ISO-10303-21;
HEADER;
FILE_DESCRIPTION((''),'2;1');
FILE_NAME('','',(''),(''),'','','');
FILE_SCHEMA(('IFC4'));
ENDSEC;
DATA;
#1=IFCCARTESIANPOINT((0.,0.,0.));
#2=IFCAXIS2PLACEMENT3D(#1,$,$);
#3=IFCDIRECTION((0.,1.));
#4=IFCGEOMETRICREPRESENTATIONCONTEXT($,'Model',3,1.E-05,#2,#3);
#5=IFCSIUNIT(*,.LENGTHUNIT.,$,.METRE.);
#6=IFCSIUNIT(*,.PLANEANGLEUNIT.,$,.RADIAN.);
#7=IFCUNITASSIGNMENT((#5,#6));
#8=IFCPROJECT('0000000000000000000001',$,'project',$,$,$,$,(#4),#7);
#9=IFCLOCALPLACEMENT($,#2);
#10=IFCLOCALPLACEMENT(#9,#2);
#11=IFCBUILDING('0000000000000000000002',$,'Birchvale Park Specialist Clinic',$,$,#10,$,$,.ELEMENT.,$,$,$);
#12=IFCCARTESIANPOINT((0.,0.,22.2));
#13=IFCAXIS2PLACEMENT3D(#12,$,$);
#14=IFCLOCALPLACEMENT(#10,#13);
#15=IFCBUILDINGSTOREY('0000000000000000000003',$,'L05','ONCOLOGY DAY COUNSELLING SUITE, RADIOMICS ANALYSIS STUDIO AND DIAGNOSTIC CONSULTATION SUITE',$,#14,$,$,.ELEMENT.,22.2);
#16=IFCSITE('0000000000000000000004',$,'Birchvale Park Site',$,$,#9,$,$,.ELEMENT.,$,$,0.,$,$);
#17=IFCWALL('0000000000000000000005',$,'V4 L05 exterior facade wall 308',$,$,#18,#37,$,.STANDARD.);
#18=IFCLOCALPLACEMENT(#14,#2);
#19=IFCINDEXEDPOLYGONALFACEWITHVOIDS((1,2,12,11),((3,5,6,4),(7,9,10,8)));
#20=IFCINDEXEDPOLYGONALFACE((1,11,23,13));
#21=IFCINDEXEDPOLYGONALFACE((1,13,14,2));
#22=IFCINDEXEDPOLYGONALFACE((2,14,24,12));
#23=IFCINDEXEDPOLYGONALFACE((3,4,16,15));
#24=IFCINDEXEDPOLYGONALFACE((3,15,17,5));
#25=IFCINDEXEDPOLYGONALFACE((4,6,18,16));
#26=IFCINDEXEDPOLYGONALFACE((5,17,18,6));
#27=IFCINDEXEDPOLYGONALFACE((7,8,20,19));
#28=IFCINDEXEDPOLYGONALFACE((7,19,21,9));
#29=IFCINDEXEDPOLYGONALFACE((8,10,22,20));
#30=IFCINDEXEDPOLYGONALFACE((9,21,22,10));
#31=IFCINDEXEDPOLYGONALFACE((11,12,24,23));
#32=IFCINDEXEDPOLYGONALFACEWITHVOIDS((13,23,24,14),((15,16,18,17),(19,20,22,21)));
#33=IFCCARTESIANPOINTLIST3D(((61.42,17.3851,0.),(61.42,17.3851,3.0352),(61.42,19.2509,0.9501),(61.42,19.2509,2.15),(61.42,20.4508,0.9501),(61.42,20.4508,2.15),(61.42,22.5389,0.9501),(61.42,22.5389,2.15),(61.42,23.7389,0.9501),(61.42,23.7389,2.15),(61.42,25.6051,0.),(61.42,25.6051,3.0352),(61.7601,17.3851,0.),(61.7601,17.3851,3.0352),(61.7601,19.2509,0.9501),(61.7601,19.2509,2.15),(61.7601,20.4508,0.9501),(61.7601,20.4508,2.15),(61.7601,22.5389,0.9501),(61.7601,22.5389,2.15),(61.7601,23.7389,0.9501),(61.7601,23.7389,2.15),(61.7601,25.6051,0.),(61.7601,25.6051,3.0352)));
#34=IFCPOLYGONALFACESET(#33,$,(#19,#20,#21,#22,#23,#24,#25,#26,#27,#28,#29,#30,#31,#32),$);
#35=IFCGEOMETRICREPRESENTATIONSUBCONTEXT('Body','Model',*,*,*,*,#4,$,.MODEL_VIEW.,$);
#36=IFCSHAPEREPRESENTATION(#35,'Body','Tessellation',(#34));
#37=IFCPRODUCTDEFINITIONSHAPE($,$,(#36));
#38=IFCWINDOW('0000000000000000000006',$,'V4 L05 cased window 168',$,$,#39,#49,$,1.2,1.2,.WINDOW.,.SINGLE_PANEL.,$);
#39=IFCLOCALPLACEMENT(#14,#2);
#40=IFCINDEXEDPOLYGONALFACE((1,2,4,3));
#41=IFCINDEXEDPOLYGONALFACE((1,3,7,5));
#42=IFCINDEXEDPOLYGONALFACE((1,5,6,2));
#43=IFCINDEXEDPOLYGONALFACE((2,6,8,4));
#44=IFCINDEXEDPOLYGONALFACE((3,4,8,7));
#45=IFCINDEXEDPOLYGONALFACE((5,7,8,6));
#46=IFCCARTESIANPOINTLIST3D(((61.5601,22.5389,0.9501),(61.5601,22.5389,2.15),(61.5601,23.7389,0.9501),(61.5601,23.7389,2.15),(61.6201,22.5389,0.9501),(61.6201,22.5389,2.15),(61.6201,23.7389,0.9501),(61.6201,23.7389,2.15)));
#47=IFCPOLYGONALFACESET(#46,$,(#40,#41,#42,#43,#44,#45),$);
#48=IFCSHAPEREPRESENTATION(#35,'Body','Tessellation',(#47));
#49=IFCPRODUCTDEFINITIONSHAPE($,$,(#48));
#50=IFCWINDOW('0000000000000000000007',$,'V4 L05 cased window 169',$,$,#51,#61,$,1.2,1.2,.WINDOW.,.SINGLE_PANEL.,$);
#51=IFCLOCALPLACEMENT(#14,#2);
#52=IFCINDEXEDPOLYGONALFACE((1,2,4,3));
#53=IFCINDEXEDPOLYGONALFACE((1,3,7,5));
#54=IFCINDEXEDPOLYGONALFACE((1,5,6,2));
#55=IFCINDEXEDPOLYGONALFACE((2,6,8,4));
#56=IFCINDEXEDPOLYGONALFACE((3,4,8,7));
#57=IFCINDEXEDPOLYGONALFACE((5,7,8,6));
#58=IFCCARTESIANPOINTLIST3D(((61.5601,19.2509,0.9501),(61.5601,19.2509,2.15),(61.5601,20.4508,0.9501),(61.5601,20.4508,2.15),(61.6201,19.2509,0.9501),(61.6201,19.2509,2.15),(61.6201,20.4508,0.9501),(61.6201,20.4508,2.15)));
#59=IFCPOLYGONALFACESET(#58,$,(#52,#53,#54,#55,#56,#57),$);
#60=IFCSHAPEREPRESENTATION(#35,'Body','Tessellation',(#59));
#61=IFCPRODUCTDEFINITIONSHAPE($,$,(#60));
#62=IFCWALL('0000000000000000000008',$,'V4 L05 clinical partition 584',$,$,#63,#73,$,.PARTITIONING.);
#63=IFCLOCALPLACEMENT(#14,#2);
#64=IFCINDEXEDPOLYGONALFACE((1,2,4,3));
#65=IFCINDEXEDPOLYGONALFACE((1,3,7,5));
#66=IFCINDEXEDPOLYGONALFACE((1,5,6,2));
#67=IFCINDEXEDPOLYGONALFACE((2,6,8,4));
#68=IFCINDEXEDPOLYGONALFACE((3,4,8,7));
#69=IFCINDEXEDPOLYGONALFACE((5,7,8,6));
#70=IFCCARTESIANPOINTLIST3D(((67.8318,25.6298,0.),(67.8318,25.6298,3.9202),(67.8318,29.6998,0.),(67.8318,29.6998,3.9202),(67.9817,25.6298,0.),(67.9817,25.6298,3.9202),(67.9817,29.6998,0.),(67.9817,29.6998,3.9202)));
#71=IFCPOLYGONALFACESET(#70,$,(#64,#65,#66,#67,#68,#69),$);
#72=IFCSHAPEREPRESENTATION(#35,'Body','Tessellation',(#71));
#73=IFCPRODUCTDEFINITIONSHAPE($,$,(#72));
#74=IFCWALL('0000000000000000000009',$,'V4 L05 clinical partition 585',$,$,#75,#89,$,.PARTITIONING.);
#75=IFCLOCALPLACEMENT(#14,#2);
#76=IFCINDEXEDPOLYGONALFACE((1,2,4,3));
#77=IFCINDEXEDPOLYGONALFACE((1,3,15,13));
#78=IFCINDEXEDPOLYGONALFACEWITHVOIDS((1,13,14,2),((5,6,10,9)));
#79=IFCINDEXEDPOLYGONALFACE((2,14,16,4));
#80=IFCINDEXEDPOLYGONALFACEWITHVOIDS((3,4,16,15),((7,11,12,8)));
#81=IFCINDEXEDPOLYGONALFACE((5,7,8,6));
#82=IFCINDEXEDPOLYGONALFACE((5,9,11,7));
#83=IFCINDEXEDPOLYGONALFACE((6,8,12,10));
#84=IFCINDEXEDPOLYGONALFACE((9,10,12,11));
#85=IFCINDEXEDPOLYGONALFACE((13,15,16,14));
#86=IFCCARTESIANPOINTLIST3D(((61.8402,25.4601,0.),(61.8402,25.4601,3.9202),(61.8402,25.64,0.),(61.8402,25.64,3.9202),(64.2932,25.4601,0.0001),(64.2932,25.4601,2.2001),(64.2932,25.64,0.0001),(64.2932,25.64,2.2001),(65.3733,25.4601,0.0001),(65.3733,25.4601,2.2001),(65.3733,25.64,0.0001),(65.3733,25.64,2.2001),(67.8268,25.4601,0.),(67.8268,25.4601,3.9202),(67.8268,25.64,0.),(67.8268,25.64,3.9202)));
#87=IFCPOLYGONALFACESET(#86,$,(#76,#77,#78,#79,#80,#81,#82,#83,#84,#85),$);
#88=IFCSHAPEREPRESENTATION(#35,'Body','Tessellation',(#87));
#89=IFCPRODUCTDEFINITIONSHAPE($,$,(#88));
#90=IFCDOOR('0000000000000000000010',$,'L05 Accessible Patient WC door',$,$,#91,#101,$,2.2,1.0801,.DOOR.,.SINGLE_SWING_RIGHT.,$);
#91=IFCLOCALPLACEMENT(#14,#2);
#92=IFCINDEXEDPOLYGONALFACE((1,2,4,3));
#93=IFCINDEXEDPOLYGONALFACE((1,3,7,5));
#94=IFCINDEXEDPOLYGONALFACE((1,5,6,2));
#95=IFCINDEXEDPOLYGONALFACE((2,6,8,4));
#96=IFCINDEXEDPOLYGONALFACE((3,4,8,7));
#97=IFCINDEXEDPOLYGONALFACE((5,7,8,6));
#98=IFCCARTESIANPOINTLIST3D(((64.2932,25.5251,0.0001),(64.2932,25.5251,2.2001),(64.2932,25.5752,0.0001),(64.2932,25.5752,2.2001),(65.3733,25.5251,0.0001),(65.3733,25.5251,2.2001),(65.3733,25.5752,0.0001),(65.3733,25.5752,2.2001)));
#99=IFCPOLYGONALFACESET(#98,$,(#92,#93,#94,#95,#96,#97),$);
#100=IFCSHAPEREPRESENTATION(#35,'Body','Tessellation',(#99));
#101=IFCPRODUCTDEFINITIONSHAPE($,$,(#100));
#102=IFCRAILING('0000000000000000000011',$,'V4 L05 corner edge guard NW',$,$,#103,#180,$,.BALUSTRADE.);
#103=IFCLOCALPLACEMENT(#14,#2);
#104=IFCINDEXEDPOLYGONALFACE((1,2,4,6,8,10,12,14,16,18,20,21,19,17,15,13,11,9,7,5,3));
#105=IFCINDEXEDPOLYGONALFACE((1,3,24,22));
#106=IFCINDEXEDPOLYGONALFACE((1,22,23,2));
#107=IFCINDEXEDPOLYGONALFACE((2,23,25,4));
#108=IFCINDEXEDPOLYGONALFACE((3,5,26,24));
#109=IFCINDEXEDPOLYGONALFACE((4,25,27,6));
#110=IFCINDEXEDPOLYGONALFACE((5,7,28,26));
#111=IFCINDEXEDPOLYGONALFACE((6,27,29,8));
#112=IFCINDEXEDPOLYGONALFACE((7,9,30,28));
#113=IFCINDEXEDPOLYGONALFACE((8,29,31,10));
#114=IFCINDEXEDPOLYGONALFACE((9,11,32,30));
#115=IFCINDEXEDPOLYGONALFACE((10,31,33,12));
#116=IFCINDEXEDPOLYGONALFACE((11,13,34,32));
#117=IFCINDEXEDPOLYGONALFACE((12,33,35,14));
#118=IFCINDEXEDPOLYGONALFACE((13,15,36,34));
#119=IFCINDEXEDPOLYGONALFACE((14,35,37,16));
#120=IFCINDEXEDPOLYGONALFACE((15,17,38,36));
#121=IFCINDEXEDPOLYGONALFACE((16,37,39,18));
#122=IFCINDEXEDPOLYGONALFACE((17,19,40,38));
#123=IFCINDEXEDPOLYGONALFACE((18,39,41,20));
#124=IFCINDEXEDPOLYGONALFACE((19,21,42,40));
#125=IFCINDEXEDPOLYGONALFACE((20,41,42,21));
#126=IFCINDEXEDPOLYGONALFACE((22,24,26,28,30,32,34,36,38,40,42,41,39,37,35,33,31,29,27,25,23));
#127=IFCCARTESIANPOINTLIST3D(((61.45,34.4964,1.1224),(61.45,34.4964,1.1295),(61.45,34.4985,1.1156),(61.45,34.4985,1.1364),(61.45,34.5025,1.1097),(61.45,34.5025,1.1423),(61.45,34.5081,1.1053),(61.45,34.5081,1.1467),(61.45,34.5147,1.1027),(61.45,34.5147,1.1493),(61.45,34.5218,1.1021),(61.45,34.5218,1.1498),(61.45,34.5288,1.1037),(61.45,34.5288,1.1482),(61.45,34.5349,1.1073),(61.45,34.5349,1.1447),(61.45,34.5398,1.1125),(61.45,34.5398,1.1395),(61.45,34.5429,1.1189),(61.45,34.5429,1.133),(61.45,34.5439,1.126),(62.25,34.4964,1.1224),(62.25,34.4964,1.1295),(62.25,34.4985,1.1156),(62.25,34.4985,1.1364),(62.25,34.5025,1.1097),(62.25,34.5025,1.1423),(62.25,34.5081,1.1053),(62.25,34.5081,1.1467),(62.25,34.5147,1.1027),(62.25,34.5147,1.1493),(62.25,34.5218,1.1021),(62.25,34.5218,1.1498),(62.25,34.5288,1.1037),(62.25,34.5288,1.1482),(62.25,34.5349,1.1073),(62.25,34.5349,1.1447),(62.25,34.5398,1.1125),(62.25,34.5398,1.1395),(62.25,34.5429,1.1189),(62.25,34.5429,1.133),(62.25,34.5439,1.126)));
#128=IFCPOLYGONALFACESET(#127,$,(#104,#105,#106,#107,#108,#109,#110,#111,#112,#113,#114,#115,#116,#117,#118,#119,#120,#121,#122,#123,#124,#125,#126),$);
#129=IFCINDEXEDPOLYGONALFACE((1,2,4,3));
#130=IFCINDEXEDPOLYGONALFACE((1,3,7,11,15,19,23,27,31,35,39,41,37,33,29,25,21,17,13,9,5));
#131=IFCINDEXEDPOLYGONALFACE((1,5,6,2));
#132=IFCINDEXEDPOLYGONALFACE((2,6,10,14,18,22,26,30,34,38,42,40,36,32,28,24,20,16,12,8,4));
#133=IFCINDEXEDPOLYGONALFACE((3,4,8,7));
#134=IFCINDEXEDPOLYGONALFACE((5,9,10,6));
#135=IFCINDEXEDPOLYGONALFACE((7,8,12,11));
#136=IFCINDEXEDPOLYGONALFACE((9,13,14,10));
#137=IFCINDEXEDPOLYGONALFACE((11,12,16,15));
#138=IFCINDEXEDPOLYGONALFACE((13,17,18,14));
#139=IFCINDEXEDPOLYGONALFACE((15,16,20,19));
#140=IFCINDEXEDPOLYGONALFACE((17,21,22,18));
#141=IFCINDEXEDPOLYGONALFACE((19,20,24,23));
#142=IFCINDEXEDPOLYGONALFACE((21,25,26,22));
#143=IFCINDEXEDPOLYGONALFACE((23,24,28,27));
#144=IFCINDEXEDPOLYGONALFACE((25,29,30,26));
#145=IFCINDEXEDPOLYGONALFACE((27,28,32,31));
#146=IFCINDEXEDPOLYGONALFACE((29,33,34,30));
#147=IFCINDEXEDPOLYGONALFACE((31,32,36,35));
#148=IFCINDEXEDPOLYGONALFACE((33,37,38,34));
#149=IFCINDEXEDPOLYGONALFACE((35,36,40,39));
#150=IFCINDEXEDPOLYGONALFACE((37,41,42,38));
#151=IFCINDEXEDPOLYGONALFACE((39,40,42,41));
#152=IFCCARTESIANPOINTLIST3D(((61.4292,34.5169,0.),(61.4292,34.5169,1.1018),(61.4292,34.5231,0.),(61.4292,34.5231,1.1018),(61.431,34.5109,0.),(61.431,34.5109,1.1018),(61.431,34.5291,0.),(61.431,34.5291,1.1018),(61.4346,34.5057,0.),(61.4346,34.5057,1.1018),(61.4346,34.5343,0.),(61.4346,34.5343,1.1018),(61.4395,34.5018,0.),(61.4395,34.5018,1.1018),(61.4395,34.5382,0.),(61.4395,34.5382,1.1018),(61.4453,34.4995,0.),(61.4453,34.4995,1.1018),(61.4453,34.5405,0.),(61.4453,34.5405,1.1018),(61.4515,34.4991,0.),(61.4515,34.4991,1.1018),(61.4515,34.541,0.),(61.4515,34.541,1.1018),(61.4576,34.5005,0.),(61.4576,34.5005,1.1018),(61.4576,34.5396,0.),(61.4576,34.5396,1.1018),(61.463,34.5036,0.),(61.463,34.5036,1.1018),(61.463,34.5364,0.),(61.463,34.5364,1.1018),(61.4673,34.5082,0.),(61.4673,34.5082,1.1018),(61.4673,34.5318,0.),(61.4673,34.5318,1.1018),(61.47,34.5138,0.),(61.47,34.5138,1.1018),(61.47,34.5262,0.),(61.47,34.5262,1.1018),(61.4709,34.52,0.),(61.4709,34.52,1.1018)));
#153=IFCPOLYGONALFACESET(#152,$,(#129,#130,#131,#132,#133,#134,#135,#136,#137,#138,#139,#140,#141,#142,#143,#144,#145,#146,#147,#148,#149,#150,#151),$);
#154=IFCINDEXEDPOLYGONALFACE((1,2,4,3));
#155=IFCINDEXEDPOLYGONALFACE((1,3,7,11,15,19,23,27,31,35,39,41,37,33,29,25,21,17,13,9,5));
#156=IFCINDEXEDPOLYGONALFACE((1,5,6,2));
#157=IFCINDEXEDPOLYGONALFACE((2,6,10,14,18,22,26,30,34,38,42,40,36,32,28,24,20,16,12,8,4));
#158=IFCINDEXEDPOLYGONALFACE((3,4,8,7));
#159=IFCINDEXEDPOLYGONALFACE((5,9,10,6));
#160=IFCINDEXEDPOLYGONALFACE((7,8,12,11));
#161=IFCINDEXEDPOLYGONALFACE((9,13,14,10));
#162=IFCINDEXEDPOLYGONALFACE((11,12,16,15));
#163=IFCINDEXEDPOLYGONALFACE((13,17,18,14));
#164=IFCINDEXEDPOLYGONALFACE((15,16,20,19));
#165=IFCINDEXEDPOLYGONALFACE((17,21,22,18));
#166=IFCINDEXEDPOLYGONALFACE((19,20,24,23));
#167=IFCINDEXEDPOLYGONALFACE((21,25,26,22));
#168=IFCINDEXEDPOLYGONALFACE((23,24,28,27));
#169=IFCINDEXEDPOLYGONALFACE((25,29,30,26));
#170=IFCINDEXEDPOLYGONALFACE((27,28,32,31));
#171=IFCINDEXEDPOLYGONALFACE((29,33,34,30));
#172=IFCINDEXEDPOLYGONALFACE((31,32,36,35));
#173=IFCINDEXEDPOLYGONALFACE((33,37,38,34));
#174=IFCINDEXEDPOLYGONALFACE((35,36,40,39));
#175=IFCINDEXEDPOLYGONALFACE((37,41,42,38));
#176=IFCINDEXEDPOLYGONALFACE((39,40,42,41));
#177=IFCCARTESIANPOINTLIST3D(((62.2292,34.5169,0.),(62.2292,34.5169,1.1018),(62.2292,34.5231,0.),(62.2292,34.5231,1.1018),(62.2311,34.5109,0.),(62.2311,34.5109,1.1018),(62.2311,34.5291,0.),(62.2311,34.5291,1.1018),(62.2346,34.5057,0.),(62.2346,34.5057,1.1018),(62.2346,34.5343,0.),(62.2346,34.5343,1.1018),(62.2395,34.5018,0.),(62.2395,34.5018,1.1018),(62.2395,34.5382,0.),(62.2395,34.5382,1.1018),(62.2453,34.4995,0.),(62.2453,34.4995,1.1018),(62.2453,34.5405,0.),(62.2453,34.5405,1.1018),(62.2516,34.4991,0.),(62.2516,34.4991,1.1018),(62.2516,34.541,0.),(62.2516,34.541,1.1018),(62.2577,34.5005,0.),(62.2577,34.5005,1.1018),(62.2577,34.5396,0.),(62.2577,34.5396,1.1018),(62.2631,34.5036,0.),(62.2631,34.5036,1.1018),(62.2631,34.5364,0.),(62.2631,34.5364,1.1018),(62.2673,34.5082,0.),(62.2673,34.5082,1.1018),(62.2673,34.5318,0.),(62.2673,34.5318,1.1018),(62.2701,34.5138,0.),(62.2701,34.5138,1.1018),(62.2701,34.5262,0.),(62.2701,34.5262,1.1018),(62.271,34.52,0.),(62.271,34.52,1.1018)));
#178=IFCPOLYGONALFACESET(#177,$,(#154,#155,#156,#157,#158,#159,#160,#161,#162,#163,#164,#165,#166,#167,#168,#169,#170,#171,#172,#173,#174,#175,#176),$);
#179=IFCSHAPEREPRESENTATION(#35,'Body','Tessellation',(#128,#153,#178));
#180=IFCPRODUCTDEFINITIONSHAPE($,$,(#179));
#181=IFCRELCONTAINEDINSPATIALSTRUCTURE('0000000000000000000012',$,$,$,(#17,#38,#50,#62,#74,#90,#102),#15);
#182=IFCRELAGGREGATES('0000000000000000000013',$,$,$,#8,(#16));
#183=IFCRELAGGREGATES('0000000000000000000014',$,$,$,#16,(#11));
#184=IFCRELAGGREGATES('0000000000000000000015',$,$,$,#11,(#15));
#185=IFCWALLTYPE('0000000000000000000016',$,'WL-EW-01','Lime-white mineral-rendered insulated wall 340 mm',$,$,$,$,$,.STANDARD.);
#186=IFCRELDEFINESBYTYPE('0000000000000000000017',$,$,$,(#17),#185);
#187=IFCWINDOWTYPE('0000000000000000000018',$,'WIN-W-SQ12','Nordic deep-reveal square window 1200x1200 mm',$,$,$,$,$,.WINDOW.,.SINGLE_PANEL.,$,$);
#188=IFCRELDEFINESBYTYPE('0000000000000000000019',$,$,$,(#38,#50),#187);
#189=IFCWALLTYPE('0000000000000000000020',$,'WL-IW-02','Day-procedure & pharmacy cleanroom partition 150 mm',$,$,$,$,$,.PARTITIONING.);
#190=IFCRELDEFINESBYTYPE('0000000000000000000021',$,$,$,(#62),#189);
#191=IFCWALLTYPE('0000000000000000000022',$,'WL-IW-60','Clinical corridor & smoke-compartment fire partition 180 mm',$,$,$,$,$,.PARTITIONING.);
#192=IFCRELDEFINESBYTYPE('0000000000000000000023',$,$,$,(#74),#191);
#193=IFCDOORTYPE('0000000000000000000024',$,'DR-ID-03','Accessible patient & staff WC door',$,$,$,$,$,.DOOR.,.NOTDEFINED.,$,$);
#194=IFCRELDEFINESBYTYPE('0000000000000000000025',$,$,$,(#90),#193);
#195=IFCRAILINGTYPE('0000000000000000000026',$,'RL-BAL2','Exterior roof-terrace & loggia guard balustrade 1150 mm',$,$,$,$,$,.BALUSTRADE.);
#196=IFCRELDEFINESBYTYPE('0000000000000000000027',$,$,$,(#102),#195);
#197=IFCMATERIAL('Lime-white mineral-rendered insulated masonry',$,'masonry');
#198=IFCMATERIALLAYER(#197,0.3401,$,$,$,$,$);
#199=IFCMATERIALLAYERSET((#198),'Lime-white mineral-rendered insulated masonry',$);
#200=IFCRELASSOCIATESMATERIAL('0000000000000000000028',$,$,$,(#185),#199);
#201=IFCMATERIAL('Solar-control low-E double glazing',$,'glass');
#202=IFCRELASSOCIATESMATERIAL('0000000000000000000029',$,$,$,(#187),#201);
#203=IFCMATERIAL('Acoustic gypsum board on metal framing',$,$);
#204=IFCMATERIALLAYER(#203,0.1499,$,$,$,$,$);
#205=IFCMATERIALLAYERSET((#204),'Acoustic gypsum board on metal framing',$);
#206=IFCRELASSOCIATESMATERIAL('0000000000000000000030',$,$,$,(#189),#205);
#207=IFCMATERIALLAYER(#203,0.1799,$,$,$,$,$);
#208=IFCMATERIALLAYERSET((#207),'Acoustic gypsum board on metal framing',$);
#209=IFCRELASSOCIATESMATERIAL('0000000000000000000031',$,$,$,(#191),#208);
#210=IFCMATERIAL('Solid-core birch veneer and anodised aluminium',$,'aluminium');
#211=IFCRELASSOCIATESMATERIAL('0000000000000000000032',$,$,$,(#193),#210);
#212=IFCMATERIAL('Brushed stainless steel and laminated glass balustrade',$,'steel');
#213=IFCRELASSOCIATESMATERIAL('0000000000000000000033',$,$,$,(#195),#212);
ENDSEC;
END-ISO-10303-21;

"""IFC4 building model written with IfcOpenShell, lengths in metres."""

from ifc_helpers import new_model, si_unit, direction, frame, frame_2d, origin, origin_2d, place, context, subcontext, project, spatial, rectangle, circle, extrude, material, layer, layer_set, type_object, element, fill, save


model = new_model("IFC4")

# Units and contexts
model_context = context("Model", 3, precision=1e-05, world=origin(), true_north=direction((0.0, 1.0)))
body_context = subcontext(model_context, "Body", "Model", "MODEL_VIEW")
ifc_project = project(units=[si_unit("LENGTHUNIT", "METRE"), si_unit("PLANEANGLEUNIT", "RADIAN")], contexts=[model_context])

# Site, building, storey
site_placement = place(None, origin())
site = spatial("IfcSite", under=ifc_project, at=site_placement, Name="Birchvale Park Site", CompositionType="ELEMENT", RefElevation=0.0)
building_placement = place(site_placement, origin())
building = spatial("IfcBuilding", under=site, at=building_placement, Name="Birchvale Park Specialist Clinic", CompositionType="ELEMENT")
storey_placement = place(building_placement, frame((0.0, 0.0, 22.2)))
storey = spatial("IfcBuildingStorey", under=building, at=storey_placement, Name="L05", Description="ONCOLOGY DAY COUNSELLING SUITE, RADIOMICS ANALYSIS STUDIO AND DIAGNOSTIC CONSULTATION SUITE", CompositionType="ELEMENT", Elevation=22.2)

# Shared definitions
ifc_material_1 = material(Name="Solid-core birch veneer and anodised aluminium", Category="aluminium")

# Wall, openings, windows
ifc_material_2 = material(Name="Lime-white mineral-rendered insulated masonry", Category="masonry")
ifc_layer_1 = layer(ifc_material_2, 0.3401)
ifc_layer_set_1 = layer_set([ifc_layer_1], Name="Lime-white mineral-rendered insulated masonry")
wall_type_1 = type_object("IfcWallType", Name="WL-EW-01", Description="Lime-white mineral-rendered insulated wall 340 mm", PredefinedType="STANDARD", material=ifc_layer_set_1)
ifc_material_3 = material(Name="Solar-control low-E double glazing", Category="glass")
wall_1_placement = place(storey_placement, frame((61.5901, 25.605, 0.0), z_axis=(0.0, 0.0, 1.0), x_axis=(0.0, -1.0, 0.0)))
wall_1 = element("IfcWall", 1, at=wall_1_placement, inside=storey, type_object=wall_type_1, Name="V4 L05 exterior facade wall 308", PredefinedType="STANDARD", context=body_context, shape_type="SweptSolid", body=[
    extrude(rectangle(XDim=8.22, YDim=0.3401, at=frame_2d((4.1099, 0.0))), origin(), (0.0, 0.0, 1.0), 3.0352),
])
opening_1_placement = place(wall_1_placement, frame((1.866, 0.0, 0.95)))
opening_1 = element("IfcOpeningElement", 2, at=opening_1_placement, cuts=wall_1, PredefinedType="OPENING", context=body_context, shape_type="SweptSolid", body=[
    extrude(rectangle(XDim=1.2, YDim=1.2, at=frame_2d((0.6001, 0.6001))), frame((0.0, 0.1802, 0.0), z_axis=(0.0, -1.0, 0.0), x_axis=(1.0, 0.0, 0.0)), (0.0, 0.0, 1.0), 0.3601),
])
opening_2_placement = place(wall_1_placement, frame((5.1541, 0.0, 0.95)))
opening_2 = element("IfcOpeningElement", 3, at=opening_2_placement, cuts=wall_1, PredefinedType="OPENING", context=body_context, shape_type="SweptSolid", body=[
    extrude(rectangle(XDim=1.2, YDim=1.2, at=frame_2d((0.6001, 0.6001))), frame((0.0, 0.1802, 0.0), z_axis=(0.0, -1.0, 0.0), x_axis=(1.0, 0.0, 0.0)), (0.0, 0.0, 1.0), 0.3601),
])
window_type_1 = type_object("IfcWindowType", Name="WIN-W-SQ12", Description="Nordic deep-reveal square window 1200x1200 mm", PartitioningType="SINGLE_PANEL", PredefinedType="WINDOW", material=ifc_material_3)
window_1_placement = place(opening_1_placement, origin())
window_1 = element("IfcWindow", 4, at=window_1_placement, inside=storey, type_object=window_type_1, Name="V4 L05 cased window 168", OverallHeight=1.2, OverallWidth=1.2, PartitioningType="SINGLE_PANEL", PredefinedType="WINDOW", context=body_context, shape_type="SweptSolid", body=[
    extrude(rectangle(XDim=1.2, YDim=1.2, at=frame_2d((0.6001, 0.6001))), frame((0.0, 0.03, 0.0), z_axis=(0.0, -1.0, 0.0), x_axis=(1.0, 0.0, 0.0)), (0.0, 0.0, 1.0), 0.0601),
])
fill(opening_1, window_1)
window_2_placement = place(opening_2_placement, origin())
window_2 = element("IfcWindow", 5, at=window_2_placement, inside=storey, type_object=window_type_1, Name="V4 L05 cased window 169", OverallHeight=1.2, OverallWidth=1.2, PartitioningType="SINGLE_PANEL", PredefinedType="WINDOW", context=body_context, shape_type="SweptSolid", body=[
    extrude(rectangle(XDim=1.2, YDim=1.2, at=frame_2d((0.6001, 0.6001))), frame((0.0, 0.03, 0.0), z_axis=(0.0, -1.0, 0.0), x_axis=(1.0, 0.0, 0.0)), (0.0, 0.0, 1.0), 0.0601),
])
fill(opening_2, window_2)

# Wall
ifc_material_4 = material(Name="Acoustic gypsum board on metal framing")
ifc_layer_2 = layer(ifc_material_4, 0.1499)
ifc_layer_set_2 = layer_set([ifc_layer_2], Name="Acoustic gypsum board on metal framing")
wall_type_2 = type_object("IfcWallType", Name="WL-IW-02", Description="Day-procedure & pharmacy cleanroom partition 150 mm", PredefinedType="PARTITIONING", material=ifc_layer_set_2)
wall_2_placement = place(storey_placement, frame((67.9067, 29.7, 0.0), z_axis=(0.0, 0.0, 1.0), x_axis=(0.0, -1.0, 0.0)))
element("IfcWall", 6, at=wall_2_placement, inside=storey, type_object=wall_type_2, Name="V4 L05 clinical partition 584", PredefinedType="PARTITIONING", context=body_context, shape_type="SweptSolid", body=[
    extrude(rectangle(XDim=4.0701, YDim=0.1499, at=frame_2d((2.0352, 0.0))), origin(), (0.0, 0.0, 1.0), 3.9202),
])

# Wall, opening, door
ifc_layer_3 = layer(ifc_material_4, 0.1799)
ifc_layer_set_3 = layer_set([ifc_layer_3], Name="Acoustic gypsum board on metal framing")
wall_type_3 = type_object("IfcWallType", Name="WL-IW-60", Description="Clinical corridor & smoke-compartment fire partition 180 mm", PredefinedType="PARTITIONING", material=ifc_layer_set_3)
wall_3_placement = place(storey_placement, frame((67.8267, 25.55, 0.0), z_axis=(0.0, 0.0, 1.0), x_axis=(-1.0, 0.0, 0.0)))
wall_3 = element("IfcWall", 7, at=wall_3_placement, inside=storey, type_object=wall_type_3, Name="V4 L05 clinical partition 585", PredefinedType="PARTITIONING", context=body_context, shape_type="SweptSolid", body=[
    extrude(rectangle(XDim=5.9866, YDim=0.1799, at=frame_2d((2.9932, 0.0))), origin(), (0.0, 0.0, 1.0), 3.9202),
])
opening_3_placement = place(wall_3_placement, frame((2.4534, 0.0, 0.0)))
opening_3 = element("IfcOpeningElement", 8, at=opening_3_placement, cuts=wall_3, PredefinedType="OPENING", context=body_context, shape_type="SweptSolid", body=[
    extrude(rectangle(XDim=1.0801, YDim=2.2, at=frame_2d((0.54, 1.1001))), frame((0.0, 0.1001, 0.0), z_axis=(0.0, -1.0, 0.0), x_axis=(1.0, 0.0, 0.0)), (0.0, 0.0, 1.0), 0.2),
])
door_type_1 = type_object("IfcDoorType", Name="DR-ID-03", Description="Accessible patient & staff WC door", OperationType="NOTDEFINED", PredefinedType="DOOR", material=ifc_material_1)
door_1_placement = place(opening_3_placement, origin())
door_1 = element("IfcDoor", 9, at=door_1_placement, inside=storey, type_object=door_type_1, Name="L05 Accessible Patient WC door", OperationType="SINGLE_SWING_RIGHT", OverallHeight=2.2, OverallWidth=1.0801, PredefinedType="DOOR", context=body_context, shape_type="SweptSolid", body=[
    extrude(rectangle(XDim=1.0801, YDim=2.2, at=frame_2d((0.54, 1.1001))), frame((0.0, 0.0249, 0.0), z_axis=(0.0, -1.0, 0.0), x_axis=(1.0, 0.0, 0.0)), (0.0, 0.0, 1.0), 0.05),
])
fill(opening_3, door_1)

# Railing
ifc_material_5 = material(Name="Brushed stainless steel and laminated glass balustrade", Category="steel")
railing_type_1 = type_object("IfcRailingType", Name="RL-BAL2", Description="Exterior roof-terrace & loggia guard balustrade 1150 mm", PredefinedType="BALUSTRADE", material=ifc_material_5)
railing_1_placement = place(storey_placement, frame((61.45, 34.52, 0.0)))
element("IfcRailing", 10, at=railing_1_placement, inside=storey, type_object=railing_type_1, Name="V4 L05 corner edge guard NW", PredefinedType="BALUSTRADE", context=body_context, shape_type="SweptSolid", body=[
    extrude(circle(Radius=0.0239, at=origin_2d()), frame((0.0, 0.0, 1.126), z_axis=(1.0, 0.0, 0.0), x_axis=(0.0, 1.0, 0.0)), (0.0, 0.0, 1.0), 0.8),
    extrude(circle(Radius=0.021, at=origin_2d()), origin(), (0.0, 0.0, 1.0), 1.1018),
    extrude(circle(Radius=0.021, at=origin_2d()), frame((0.8, 0.0, 0.0)), (0.0, 0.0, 1.0), 1.1018),
])

save(model, "model.ifc")
